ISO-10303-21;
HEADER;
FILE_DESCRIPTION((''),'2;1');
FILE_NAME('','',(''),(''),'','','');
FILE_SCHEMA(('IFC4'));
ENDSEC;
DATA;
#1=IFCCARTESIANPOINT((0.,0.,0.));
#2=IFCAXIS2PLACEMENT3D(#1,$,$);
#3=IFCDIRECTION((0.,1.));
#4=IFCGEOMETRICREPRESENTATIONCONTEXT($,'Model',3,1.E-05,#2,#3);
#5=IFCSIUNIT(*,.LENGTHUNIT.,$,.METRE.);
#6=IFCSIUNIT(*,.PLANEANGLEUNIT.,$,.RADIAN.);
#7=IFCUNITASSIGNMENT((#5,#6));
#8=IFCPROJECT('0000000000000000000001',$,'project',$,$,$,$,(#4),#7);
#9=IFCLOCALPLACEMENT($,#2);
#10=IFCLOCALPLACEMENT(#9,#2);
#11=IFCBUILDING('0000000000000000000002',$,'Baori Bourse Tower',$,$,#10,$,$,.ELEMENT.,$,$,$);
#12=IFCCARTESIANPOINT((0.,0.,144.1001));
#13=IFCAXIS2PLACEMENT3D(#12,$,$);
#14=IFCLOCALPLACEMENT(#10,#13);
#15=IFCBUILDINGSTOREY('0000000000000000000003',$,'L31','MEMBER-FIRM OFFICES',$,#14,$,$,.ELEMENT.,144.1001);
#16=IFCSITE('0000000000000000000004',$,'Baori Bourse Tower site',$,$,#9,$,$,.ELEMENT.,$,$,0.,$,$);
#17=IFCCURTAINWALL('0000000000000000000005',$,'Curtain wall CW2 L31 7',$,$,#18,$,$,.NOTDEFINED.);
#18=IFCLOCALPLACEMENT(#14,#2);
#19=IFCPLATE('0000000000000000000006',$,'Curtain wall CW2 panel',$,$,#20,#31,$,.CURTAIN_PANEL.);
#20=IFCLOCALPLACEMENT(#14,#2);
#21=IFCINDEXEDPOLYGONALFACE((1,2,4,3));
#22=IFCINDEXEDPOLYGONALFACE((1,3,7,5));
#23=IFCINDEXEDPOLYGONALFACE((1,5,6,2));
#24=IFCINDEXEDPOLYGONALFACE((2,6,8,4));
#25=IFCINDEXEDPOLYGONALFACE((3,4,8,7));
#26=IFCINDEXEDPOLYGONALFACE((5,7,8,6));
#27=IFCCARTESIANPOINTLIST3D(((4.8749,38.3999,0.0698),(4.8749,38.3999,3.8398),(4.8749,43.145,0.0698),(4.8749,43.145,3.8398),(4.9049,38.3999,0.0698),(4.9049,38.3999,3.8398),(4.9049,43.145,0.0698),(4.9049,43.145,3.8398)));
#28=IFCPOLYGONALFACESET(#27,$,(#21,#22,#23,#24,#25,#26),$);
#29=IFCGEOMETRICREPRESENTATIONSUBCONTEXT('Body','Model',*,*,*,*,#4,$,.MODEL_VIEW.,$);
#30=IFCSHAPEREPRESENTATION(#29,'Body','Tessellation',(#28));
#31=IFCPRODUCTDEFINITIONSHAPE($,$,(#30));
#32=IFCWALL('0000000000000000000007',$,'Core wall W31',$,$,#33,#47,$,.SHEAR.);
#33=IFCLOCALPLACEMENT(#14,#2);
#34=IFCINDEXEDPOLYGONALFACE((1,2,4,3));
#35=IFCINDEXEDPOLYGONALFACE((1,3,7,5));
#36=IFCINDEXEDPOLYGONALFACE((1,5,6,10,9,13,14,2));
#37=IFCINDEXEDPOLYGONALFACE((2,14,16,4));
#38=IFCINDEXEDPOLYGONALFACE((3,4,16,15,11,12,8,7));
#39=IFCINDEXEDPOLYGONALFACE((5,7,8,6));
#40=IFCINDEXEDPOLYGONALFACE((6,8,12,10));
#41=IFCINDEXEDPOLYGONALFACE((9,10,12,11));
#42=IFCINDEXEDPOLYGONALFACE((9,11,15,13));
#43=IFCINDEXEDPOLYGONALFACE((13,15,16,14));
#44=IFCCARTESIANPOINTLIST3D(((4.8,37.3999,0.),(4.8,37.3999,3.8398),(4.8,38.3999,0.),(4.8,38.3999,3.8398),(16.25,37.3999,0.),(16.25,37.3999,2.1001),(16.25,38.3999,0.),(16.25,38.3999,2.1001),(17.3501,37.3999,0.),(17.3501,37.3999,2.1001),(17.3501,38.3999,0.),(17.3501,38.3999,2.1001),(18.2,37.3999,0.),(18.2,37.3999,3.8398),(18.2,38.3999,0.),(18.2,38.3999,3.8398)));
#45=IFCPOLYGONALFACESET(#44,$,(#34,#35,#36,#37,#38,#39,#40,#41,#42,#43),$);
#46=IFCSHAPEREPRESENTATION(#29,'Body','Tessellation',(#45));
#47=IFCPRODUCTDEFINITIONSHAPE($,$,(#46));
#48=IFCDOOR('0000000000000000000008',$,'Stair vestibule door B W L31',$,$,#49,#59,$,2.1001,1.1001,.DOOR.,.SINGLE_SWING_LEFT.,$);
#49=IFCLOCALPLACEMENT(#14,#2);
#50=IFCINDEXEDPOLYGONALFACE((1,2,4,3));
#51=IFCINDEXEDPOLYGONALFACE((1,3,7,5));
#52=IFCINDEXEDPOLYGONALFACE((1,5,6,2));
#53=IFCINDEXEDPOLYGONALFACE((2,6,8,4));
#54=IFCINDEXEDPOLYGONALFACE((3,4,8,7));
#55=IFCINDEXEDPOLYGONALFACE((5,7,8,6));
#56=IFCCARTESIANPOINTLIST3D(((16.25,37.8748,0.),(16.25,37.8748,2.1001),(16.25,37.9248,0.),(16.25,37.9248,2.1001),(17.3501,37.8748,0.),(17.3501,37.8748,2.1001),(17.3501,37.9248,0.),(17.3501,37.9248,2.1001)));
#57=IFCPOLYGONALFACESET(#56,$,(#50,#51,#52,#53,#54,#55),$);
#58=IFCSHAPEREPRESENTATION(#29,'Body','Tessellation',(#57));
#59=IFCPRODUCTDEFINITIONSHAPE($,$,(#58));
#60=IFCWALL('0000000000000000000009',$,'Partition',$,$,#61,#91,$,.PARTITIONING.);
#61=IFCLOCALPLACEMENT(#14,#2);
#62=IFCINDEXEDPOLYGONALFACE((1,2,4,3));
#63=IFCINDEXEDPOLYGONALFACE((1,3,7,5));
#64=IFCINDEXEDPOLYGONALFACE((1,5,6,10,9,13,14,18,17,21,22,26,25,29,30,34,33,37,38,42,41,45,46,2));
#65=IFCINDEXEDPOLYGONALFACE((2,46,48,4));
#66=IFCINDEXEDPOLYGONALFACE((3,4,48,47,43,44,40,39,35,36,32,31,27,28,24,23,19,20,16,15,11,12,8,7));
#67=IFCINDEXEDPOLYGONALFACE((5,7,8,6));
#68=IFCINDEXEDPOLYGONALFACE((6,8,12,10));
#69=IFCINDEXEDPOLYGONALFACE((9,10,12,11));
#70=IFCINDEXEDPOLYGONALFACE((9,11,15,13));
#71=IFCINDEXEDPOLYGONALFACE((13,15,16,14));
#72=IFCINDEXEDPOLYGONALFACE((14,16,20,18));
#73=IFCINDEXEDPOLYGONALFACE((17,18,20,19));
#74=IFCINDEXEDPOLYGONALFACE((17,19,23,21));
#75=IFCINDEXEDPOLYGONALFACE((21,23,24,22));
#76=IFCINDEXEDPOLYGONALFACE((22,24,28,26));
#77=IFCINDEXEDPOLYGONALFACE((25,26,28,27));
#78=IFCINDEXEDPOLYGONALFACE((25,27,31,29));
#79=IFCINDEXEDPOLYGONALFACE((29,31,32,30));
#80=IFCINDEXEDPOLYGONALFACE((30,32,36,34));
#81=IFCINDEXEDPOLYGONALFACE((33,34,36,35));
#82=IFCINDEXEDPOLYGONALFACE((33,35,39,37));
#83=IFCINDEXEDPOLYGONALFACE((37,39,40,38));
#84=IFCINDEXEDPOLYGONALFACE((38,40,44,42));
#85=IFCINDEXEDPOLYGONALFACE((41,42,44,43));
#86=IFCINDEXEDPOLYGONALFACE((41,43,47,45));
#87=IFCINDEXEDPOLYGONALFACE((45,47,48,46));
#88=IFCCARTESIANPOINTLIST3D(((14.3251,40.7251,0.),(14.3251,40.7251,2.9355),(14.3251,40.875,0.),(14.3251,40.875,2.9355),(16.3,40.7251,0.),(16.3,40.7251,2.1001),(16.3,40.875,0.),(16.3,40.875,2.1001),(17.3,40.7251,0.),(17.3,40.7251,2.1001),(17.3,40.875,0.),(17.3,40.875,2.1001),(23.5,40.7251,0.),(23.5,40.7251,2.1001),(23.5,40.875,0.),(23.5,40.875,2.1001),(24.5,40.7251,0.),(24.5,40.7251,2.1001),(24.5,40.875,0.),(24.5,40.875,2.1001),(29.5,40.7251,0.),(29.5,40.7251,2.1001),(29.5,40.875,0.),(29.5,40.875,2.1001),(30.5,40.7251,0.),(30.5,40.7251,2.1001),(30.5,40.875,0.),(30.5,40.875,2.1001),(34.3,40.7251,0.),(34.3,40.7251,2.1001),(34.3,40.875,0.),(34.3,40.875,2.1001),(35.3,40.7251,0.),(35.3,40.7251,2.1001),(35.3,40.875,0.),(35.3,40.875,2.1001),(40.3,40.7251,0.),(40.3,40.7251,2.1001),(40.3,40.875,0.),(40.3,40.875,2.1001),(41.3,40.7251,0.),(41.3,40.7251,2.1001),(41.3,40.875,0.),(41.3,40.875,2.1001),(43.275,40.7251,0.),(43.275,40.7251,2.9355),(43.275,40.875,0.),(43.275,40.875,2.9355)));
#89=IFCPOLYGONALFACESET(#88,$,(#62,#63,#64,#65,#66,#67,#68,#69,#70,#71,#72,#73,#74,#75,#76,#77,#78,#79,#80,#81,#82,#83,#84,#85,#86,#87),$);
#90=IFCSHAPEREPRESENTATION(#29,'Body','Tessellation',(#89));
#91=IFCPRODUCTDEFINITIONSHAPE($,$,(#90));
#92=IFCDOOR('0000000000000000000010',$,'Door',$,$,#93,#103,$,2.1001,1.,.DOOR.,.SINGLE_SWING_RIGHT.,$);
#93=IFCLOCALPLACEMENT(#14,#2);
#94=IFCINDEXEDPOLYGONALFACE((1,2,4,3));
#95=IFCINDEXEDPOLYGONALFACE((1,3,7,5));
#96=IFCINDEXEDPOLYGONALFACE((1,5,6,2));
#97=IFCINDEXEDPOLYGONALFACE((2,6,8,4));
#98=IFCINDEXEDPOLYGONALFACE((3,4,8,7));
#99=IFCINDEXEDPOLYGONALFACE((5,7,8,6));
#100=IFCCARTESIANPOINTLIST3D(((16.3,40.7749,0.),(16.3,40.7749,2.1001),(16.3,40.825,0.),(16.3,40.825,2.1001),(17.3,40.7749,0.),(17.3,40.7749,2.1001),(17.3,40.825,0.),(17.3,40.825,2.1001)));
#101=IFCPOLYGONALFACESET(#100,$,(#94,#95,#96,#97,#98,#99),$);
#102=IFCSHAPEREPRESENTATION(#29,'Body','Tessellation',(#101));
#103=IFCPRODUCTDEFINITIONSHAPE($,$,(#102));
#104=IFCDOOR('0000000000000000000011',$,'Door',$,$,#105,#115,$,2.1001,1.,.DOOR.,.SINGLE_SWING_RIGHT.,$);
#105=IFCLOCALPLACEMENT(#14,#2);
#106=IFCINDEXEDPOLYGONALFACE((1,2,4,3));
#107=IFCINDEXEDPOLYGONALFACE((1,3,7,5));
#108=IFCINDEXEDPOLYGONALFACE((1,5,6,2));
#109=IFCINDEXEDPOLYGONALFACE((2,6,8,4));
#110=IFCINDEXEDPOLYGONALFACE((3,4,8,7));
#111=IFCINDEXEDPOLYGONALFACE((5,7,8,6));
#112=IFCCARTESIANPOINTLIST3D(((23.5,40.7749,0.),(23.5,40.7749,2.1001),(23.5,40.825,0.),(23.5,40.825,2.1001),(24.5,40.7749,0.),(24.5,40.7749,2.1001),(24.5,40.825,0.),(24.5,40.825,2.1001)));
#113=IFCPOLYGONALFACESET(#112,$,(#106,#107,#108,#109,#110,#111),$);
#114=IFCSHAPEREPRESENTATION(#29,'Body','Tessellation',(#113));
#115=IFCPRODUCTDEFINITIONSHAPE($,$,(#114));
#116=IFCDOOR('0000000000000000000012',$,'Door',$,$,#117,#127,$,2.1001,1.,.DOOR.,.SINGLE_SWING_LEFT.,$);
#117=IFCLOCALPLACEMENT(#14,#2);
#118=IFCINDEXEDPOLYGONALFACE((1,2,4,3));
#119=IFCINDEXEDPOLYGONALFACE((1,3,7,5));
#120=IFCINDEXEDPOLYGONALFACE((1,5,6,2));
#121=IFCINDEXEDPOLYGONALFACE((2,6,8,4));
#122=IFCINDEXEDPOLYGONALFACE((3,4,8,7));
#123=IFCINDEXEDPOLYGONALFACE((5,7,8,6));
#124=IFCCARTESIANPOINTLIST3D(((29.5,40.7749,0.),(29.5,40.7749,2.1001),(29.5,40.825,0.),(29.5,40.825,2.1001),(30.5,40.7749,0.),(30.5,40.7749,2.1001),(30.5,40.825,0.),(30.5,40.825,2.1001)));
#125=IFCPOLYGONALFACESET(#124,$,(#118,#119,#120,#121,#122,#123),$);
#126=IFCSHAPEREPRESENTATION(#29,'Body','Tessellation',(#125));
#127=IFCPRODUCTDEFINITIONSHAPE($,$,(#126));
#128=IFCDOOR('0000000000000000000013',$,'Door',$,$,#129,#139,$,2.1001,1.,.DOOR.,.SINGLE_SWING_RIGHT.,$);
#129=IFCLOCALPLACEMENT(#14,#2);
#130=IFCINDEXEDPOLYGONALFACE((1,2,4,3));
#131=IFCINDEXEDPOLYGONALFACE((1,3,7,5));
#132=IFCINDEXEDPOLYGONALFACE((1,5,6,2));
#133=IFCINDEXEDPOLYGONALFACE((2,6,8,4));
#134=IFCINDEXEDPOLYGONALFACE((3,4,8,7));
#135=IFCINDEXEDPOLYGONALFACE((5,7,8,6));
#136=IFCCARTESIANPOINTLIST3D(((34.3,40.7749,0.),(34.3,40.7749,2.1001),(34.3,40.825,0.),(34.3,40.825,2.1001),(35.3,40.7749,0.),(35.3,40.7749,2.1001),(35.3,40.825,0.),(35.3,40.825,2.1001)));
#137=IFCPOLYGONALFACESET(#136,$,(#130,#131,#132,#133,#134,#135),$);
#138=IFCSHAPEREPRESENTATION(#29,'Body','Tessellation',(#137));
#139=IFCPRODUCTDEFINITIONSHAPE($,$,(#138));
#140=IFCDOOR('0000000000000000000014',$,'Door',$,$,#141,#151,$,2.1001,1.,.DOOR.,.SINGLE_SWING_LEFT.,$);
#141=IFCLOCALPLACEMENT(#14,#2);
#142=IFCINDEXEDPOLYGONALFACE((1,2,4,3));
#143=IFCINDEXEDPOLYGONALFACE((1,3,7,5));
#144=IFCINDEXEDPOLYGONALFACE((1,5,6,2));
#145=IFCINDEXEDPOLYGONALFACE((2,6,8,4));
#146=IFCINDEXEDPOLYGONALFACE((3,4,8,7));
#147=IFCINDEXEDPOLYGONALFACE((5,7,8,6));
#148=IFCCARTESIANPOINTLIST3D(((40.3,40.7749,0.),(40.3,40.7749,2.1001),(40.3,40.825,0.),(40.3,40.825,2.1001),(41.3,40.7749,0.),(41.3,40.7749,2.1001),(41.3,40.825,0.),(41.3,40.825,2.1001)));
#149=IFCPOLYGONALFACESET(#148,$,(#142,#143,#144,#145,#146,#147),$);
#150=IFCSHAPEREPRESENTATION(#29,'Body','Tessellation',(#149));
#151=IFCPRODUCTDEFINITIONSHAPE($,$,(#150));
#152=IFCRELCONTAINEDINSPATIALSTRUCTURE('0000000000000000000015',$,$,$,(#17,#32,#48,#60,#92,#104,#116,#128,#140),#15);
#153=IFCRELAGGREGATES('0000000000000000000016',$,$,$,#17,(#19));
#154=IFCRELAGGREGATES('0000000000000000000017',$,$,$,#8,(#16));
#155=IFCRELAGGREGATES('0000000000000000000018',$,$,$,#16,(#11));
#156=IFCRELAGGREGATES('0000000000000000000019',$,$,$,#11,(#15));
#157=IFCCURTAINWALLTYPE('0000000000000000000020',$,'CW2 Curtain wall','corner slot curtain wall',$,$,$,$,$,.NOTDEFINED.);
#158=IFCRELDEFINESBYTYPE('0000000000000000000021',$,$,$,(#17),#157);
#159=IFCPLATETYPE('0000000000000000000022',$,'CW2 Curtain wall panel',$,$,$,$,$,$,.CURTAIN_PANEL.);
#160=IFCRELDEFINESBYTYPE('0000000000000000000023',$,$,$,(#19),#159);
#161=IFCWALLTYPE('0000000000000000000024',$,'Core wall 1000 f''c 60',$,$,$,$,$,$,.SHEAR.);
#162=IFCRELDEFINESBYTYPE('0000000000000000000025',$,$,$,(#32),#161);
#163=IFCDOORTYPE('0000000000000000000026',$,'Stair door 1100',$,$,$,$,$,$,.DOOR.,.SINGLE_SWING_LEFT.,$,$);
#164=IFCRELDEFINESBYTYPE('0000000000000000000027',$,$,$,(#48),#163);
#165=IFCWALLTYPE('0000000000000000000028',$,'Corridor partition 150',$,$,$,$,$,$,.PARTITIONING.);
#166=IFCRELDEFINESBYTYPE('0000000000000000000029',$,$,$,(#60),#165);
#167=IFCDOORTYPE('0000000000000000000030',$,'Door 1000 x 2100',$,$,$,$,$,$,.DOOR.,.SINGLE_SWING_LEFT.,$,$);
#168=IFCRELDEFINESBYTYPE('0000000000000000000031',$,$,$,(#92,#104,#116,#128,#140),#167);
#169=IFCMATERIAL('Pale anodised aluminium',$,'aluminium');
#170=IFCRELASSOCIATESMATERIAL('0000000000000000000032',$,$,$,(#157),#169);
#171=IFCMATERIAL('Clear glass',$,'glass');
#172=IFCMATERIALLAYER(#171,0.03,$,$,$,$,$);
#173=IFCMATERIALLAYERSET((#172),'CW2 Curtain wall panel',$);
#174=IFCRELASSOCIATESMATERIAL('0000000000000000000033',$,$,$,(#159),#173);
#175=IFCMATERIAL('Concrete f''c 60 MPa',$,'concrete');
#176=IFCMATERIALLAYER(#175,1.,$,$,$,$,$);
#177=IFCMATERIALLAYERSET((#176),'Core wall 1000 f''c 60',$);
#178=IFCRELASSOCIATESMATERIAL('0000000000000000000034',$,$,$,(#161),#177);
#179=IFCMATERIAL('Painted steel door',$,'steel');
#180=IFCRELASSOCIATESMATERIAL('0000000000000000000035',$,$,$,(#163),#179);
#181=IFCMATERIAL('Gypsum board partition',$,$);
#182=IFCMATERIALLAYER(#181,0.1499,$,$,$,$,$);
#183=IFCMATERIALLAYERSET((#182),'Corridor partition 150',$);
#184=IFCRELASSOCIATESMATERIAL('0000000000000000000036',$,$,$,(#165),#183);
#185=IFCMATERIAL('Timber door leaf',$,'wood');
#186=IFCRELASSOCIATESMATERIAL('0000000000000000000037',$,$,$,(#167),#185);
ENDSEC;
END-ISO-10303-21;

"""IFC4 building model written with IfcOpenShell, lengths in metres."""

from ifc_helpers import new_model, si_unit, direction, frame, frame_2d, origin, origin_2d, place, context, subcontext, project, spatial, rectangle, extrude, material, layer, layer_set, type_object, element, fill, aggregate, save


model = new_model("IFC4")

# Units and contexts
model_context = context("Model", 3, precision=1e-05, world=origin(), true_north=direction((0.0, 1.0)))
body_context = subcontext(model_context, "Body", "Model", "MODEL_VIEW")
ifc_project = project(units=[si_unit("LENGTHUNIT", "METRE"), si_unit("PLANEANGLEUNIT", "RADIAN")], contexts=[model_context])

# Site, building, storey
site_placement = place(None, origin())
site = spatial("IfcSite", under=ifc_project, at=site_placement, Name="Baori Bourse Tower site", CompositionType="ELEMENT", RefElevation=0.0)
building_placement = place(site_placement, origin())
building = spatial("IfcBuilding", under=site, at=building_placement, Name="Baori Bourse Tower", CompositionType="ELEMENT")
storey_placement = place(building_placement, frame((0.0, 0.0, 144.1001)))
storey = spatial("IfcBuildingStorey", under=building, at=storey_placement, Name="L31", Description="MEMBER-FIRM OFFICES", CompositionType="ELEMENT", Elevation=144.1001)

# Curtain wall
ifc_material_1 = material(Name="Pale anodised aluminium", Category="aluminium")
curtain_wall_type = type_object("IfcCurtainWallType", Name="CW2 Curtain wall", Description="corner slot curtain wall", PredefinedType="NOTDEFINED", material=ifc_material_1)
curtain_wall_1_placement = place(storey_placement, origin())
curtain_wall_1 = element("IfcCurtainWall", 1, at=curtain_wall_1_placement, inside=storey, type_object=curtain_wall_type, Name="Curtain wall CW2 L31 7", PredefinedType="NOTDEFINED")

# Plate
ifc_material_2 = material(Name="Clear glass", Category="glass")
ifc_layer_1 = layer(ifc_material_2, 0.03)
ifc_layer_set_1 = layer_set([ifc_layer_1], Name="CW2 Curtain wall panel")
plate_type = type_object("IfcPlateType", Name="CW2 Curtain wall panel", PredefinedType="CURTAIN_PANEL", material=ifc_layer_set_1)
plate_1_placement = place(storey_placement, frame((4.8899, 40.7725, 0.0698), z_axis=(0.0, 0.0, 1.0), x_axis=(0.0, -1.0, 0.0)))
plate_1 = element("IfcPlate", 2, at=plate_1_placement, type_object=plate_type, Name="Curtain wall CW2 panel", PredefinedType="CURTAIN_PANEL", context=body_context, shape_type="SweptSolid", body=[
    extrude(rectangle(XDim=4.7451, YDim=0.03, at=origin_2d()), origin(), (0.0, 0.0, 1.0), 3.77),
])
aggregate(curtain_wall_1, [plate_1])

# Wall, opening, door
ifc_material_3 = material(Name="Concrete f'c 60 MPa", Category="concrete")
ifc_layer_2 = layer(ifc_material_3, 1.0)
ifc_layer_set_2 = layer_set([ifc_layer_2], Name="Core wall 1000 f'c 60")
wall_type_1 = type_object("IfcWallType", Name="Core wall 1000 f'c 60", PredefinedType="SHEAR", material=ifc_layer_set_2)
wall_1_placement = place(storey_placement, frame((4.8, 37.8999, 0.0), z_axis=(0.0, 0.0, 1.0), x_axis=(1.0, 0.0, 0.0)))
wall_1 = element("IfcWall", 3, at=wall_1_placement, inside=storey, type_object=wall_type_1, Name="Core wall W31", PredefinedType="SHEAR", context=body_context, shape_type="SweptSolid", body=[
    extrude(rectangle(XDim=13.3999, YDim=1.0, at=frame_2d((6.7, 0.0))), origin(), (0.0, 0.0, 1.0), 3.8398),
])
opening_1_placement = place(wall_1_placement, frame((11.45, 0.0, 0.0)))
opening_1 = element("IfcOpeningElement", 4, at=opening_1_placement, cuts=wall_1, PredefinedType="OPENING", context=body_context, shape_type="SweptSolid", body=[
    extrude(rectangle(XDim=1.1001, YDim=2.1001, at=frame_2d((0.55, 1.05))), frame((0.0, 0.51, 0.0), z_axis=(0.0, -1.0, 0.0), x_axis=(1.0, 0.0, 0.0)), (0.0, 0.0, 1.0), 1.02),
])
ifc_material_4 = material(Name="Painted steel door", Category="steel")
door_type_1 = type_object("IfcDoorType", Name="Stair door 1100", OperationType="SINGLE_SWING_LEFT", PredefinedType="DOOR", material=ifc_material_4)
door_1_placement = place(opening_1_placement, origin())
door_1 = element("IfcDoor", 5, at=door_1_placement, inside=storey, type_object=door_type_1, Name="Stair vestibule door B W L31", OperationType="SINGLE_SWING_LEFT", OverallHeight=2.1001, OverallWidth=1.1001, PredefinedType="DOOR", context=body_context, shape_type="SweptSolid", body=[
    extrude(rectangle(XDim=1.1001, YDim=2.1001, at=frame_2d((0.55, 1.05))), frame((0.0, 0.0249, 0.0), z_axis=(0.0, -1.0, 0.0), x_axis=(1.0, 0.0, 0.0)), (0.0, 0.0, 1.0), 0.05),
])
fill(opening_1, door_1)

# Wall, openings, doors
ifc_material_5 = material(Name="Gypsum board partition")
ifc_layer_3 = layer(ifc_material_5, 0.1499)
ifc_layer_set_3 = layer_set([ifc_layer_3], Name="Corridor partition 150")
wall_type_2 = type_object("IfcWallType", Name="Corridor partition 150", PredefinedType="PARTITIONING", material=ifc_layer_set_3)
wall_2_placement = place(storey_placement, frame((14.325, 40.8, 0.0), z_axis=(0.0, 0.0, 1.0), x_axis=(1.0, 0.0, 0.0)))
wall_2 = element("IfcWall", 6, at=wall_2_placement, inside=storey, type_object=wall_type_2, Name="Partition", PredefinedType="PARTITIONING", context=body_context, shape_type="SweptSolid", body=[
    extrude(rectangle(XDim=28.95, YDim=0.1499, at=frame_2d((14.4751, 0.0))), origin(), (0.0, 0.0, 1.0), 2.9355),
])
opening_2_placement = place(wall_2_placement, frame((1.9751, 0.0, 0.0)))
opening_2 = element("IfcOpeningElement", 7, at=opening_2_placement, cuts=wall_2, PredefinedType="OPENING", context=body_context, shape_type="SweptSolid", body=[
    extrude(rectangle(XDim=1.0, YDim=2.1001, at=frame_2d((0.5, 1.05))), frame((0.0, 0.085, 0.0), z_axis=(0.0, -1.0, 0.0), x_axis=(1.0, 0.0, 0.0)), (0.0, 0.0, 1.0), 0.1699),
])
opening_3_placement = place(wall_2_placement, frame((9.175, 0.0, 0.0)))
opening_3 = element("IfcOpeningElement", 8, at=opening_3_placement, cuts=wall_2, PredefinedType="OPENING", context=body_context, shape_type="SweptSolid", body=[
    extrude(rectangle(XDim=1.0, YDim=2.1001, at=frame_2d((0.5, 1.05))), frame((0.0, 0.085, 0.0), z_axis=(0.0, -1.0, 0.0), x_axis=(1.0, 0.0, 0.0)), (0.0, 0.0, 1.0), 0.1699),
])
opening_4_placement = place(wall_2_placement, frame((15.175, 0.0, 0.0)))
opening_4 = element("IfcOpeningElement", 9, at=opening_4_placement, cuts=wall_2, PredefinedType="OPENING", context=body_context, shape_type="SweptSolid", body=[
    extrude(rectangle(XDim=1.0, YDim=2.1001, at=frame_2d((0.5, 1.05))), frame((0.0, 0.085, 0.0), z_axis=(0.0, -1.0, 0.0), x_axis=(1.0, 0.0, 0.0)), (0.0, 0.0, 1.0), 0.1699),
])
opening_5_placement = place(wall_2_placement, frame((19.9751, 0.0, 0.0)))
opening_5 = element("IfcOpeningElement", 10, at=opening_5_placement, cuts=wall_2, PredefinedType="OPENING", context=body_context, shape_type="SweptSolid", body=[
    extrude(rectangle(XDim=1.0, YDim=2.1001, at=frame_2d((0.5, 1.05))), frame((0.0, 0.085, 0.0), z_axis=(0.0, -1.0, 0.0), x_axis=(1.0, 0.0, 0.0)), (0.0, 0.0, 1.0), 0.1699),
])
opening_6_placement = place(wall_2_placement, frame((25.9751, 0.0, 0.0)))
opening_6 = element("IfcOpeningElement", 11, at=opening_6_placement, cuts=wall_2, PredefinedType="OPENING", context=body_context, shape_type="SweptSolid", body=[
    extrude(rectangle(XDim=1.0, YDim=2.1001, at=frame_2d((0.5, 1.05))), frame((0.0, 0.085, 0.0), z_axis=(0.0, -1.0, 0.0), x_axis=(1.0, 0.0, 0.0)), (0.0, 0.0, 1.0), 0.1699),
])
ifc_material_6 = material(Name="Timber door leaf", Category="wood")
door_type_2 = type_object("IfcDoorType", Name="Door 1000 x 2100", OperationType="SINGLE_SWING_LEFT", PredefinedType="DOOR", material=ifc_material_6)
door_2_placement = place(opening_2_placement, origin())
door_2 = element("IfcDoor", 12, at=door_2_placement, inside=storey, type_object=door_type_2, Name="Door", OperationType="SINGLE_SWING_RIGHT", OverallHeight=2.1001, OverallWidth=1.0, PredefinedType="DOOR", context=body_context, shape_type="SweptSolid", body=[
    extrude(rectangle(XDim=1.0, YDim=2.1001, at=frame_2d((0.5, 1.05))), frame((0.0, 0.0249, 0.0), z_axis=(0.0, -1.0, 0.0), x_axis=(1.0, 0.0, 0.0)), (0.0, 0.0, 1.0), 0.05),
])
fill(opening_2, door_2)
door_3_placement = place(opening_3_placement, origin())
door_3 = element("IfcDoor", 13, at=door_3_placement, inside=storey, type_object=door_type_2, Name="Door", OperationType="SINGLE_SWING_RIGHT", OverallHeight=2.1001, OverallWidth=1.0, PredefinedType="DOOR", context=body_context, shape_type="SweptSolid", body=[
    extrude(rectangle(XDim=1.0, YDim=2.1001, at=frame_2d((0.5, 1.05))), frame((0.0, 0.0249, 0.0), z_axis=(0.0, -1.0, 0.0), x_axis=(1.0, 0.0, 0.0)), (0.0, 0.0, 1.0), 0.05),
])
fill(opening_3, door_3)
door_4_placement = place(opening_4_placement, origin())
door_4 = element("IfcDoor", 14, at=door_4_placement, inside=storey, type_object=door_type_2, Name="Door", OperationType="SINGLE_SWING_LEFT", OverallHeight=2.1001, OverallWidth=1.0, PredefinedType="DOOR", context=body_context, shape_type="SweptSolid", body=[
    extrude(rectangle(XDim=1.0, YDim=2.1001, at=frame_2d((0.5, 1.05))), frame((0.0, 0.0249, 0.0), z_axis=(0.0, -1.0, 0.0), x_axis=(1.0, 0.0, 0.0)), (0.0, 0.0, 1.0), 0.05),
])
fill(opening_4, door_4)
door_5_placement = place(opening_5_placement, origin())
door_5 = element("IfcDoor", 15, at=door_5_placement, inside=storey, type_object=door_type_2, Name="Door", OperationType="SINGLE_SWING_RIGHT", OverallHeight=2.1001, OverallWidth=1.0, PredefinedType="DOOR", context=body_context, shape_type="SweptSolid", body=[
    extrude(rectangle(XDim=1.0, YDim=2.1001, at=frame_2d((0.5, 1.05))), frame((0.0, 0.0249, 0.0), z_axis=(0.0, -1.0, 0.0), x_axis=(1.0, 0.0, 0.0)), (0.0, 0.0, 1.0), 0.05),
])
fill(opening_5, door_5)
door_6_placement = place(opening_6_placement, origin())
door_6 = element("IfcDoor", 16, at=door_6_placement, inside=storey, type_object=door_type_2, Name="Door", OperationType="SINGLE_SWING_LEFT", OverallHeight=2.1001, OverallWidth=1.0, PredefinedType="DOOR", context=body_context, shape_type="SweptSolid", body=[
    extrude(rectangle(XDim=1.0, YDim=2.1001, at=frame_2d((0.5, 1.05))), frame((0.0, 0.0249, 0.0), z_axis=(0.0, -1.0, 0.0), x_axis=(1.0, 0.0, 0.0)), (0.0, 0.0, 1.0), 0.05),
])
fill(opening_6, door_6)

save(model, "model.ifc")
